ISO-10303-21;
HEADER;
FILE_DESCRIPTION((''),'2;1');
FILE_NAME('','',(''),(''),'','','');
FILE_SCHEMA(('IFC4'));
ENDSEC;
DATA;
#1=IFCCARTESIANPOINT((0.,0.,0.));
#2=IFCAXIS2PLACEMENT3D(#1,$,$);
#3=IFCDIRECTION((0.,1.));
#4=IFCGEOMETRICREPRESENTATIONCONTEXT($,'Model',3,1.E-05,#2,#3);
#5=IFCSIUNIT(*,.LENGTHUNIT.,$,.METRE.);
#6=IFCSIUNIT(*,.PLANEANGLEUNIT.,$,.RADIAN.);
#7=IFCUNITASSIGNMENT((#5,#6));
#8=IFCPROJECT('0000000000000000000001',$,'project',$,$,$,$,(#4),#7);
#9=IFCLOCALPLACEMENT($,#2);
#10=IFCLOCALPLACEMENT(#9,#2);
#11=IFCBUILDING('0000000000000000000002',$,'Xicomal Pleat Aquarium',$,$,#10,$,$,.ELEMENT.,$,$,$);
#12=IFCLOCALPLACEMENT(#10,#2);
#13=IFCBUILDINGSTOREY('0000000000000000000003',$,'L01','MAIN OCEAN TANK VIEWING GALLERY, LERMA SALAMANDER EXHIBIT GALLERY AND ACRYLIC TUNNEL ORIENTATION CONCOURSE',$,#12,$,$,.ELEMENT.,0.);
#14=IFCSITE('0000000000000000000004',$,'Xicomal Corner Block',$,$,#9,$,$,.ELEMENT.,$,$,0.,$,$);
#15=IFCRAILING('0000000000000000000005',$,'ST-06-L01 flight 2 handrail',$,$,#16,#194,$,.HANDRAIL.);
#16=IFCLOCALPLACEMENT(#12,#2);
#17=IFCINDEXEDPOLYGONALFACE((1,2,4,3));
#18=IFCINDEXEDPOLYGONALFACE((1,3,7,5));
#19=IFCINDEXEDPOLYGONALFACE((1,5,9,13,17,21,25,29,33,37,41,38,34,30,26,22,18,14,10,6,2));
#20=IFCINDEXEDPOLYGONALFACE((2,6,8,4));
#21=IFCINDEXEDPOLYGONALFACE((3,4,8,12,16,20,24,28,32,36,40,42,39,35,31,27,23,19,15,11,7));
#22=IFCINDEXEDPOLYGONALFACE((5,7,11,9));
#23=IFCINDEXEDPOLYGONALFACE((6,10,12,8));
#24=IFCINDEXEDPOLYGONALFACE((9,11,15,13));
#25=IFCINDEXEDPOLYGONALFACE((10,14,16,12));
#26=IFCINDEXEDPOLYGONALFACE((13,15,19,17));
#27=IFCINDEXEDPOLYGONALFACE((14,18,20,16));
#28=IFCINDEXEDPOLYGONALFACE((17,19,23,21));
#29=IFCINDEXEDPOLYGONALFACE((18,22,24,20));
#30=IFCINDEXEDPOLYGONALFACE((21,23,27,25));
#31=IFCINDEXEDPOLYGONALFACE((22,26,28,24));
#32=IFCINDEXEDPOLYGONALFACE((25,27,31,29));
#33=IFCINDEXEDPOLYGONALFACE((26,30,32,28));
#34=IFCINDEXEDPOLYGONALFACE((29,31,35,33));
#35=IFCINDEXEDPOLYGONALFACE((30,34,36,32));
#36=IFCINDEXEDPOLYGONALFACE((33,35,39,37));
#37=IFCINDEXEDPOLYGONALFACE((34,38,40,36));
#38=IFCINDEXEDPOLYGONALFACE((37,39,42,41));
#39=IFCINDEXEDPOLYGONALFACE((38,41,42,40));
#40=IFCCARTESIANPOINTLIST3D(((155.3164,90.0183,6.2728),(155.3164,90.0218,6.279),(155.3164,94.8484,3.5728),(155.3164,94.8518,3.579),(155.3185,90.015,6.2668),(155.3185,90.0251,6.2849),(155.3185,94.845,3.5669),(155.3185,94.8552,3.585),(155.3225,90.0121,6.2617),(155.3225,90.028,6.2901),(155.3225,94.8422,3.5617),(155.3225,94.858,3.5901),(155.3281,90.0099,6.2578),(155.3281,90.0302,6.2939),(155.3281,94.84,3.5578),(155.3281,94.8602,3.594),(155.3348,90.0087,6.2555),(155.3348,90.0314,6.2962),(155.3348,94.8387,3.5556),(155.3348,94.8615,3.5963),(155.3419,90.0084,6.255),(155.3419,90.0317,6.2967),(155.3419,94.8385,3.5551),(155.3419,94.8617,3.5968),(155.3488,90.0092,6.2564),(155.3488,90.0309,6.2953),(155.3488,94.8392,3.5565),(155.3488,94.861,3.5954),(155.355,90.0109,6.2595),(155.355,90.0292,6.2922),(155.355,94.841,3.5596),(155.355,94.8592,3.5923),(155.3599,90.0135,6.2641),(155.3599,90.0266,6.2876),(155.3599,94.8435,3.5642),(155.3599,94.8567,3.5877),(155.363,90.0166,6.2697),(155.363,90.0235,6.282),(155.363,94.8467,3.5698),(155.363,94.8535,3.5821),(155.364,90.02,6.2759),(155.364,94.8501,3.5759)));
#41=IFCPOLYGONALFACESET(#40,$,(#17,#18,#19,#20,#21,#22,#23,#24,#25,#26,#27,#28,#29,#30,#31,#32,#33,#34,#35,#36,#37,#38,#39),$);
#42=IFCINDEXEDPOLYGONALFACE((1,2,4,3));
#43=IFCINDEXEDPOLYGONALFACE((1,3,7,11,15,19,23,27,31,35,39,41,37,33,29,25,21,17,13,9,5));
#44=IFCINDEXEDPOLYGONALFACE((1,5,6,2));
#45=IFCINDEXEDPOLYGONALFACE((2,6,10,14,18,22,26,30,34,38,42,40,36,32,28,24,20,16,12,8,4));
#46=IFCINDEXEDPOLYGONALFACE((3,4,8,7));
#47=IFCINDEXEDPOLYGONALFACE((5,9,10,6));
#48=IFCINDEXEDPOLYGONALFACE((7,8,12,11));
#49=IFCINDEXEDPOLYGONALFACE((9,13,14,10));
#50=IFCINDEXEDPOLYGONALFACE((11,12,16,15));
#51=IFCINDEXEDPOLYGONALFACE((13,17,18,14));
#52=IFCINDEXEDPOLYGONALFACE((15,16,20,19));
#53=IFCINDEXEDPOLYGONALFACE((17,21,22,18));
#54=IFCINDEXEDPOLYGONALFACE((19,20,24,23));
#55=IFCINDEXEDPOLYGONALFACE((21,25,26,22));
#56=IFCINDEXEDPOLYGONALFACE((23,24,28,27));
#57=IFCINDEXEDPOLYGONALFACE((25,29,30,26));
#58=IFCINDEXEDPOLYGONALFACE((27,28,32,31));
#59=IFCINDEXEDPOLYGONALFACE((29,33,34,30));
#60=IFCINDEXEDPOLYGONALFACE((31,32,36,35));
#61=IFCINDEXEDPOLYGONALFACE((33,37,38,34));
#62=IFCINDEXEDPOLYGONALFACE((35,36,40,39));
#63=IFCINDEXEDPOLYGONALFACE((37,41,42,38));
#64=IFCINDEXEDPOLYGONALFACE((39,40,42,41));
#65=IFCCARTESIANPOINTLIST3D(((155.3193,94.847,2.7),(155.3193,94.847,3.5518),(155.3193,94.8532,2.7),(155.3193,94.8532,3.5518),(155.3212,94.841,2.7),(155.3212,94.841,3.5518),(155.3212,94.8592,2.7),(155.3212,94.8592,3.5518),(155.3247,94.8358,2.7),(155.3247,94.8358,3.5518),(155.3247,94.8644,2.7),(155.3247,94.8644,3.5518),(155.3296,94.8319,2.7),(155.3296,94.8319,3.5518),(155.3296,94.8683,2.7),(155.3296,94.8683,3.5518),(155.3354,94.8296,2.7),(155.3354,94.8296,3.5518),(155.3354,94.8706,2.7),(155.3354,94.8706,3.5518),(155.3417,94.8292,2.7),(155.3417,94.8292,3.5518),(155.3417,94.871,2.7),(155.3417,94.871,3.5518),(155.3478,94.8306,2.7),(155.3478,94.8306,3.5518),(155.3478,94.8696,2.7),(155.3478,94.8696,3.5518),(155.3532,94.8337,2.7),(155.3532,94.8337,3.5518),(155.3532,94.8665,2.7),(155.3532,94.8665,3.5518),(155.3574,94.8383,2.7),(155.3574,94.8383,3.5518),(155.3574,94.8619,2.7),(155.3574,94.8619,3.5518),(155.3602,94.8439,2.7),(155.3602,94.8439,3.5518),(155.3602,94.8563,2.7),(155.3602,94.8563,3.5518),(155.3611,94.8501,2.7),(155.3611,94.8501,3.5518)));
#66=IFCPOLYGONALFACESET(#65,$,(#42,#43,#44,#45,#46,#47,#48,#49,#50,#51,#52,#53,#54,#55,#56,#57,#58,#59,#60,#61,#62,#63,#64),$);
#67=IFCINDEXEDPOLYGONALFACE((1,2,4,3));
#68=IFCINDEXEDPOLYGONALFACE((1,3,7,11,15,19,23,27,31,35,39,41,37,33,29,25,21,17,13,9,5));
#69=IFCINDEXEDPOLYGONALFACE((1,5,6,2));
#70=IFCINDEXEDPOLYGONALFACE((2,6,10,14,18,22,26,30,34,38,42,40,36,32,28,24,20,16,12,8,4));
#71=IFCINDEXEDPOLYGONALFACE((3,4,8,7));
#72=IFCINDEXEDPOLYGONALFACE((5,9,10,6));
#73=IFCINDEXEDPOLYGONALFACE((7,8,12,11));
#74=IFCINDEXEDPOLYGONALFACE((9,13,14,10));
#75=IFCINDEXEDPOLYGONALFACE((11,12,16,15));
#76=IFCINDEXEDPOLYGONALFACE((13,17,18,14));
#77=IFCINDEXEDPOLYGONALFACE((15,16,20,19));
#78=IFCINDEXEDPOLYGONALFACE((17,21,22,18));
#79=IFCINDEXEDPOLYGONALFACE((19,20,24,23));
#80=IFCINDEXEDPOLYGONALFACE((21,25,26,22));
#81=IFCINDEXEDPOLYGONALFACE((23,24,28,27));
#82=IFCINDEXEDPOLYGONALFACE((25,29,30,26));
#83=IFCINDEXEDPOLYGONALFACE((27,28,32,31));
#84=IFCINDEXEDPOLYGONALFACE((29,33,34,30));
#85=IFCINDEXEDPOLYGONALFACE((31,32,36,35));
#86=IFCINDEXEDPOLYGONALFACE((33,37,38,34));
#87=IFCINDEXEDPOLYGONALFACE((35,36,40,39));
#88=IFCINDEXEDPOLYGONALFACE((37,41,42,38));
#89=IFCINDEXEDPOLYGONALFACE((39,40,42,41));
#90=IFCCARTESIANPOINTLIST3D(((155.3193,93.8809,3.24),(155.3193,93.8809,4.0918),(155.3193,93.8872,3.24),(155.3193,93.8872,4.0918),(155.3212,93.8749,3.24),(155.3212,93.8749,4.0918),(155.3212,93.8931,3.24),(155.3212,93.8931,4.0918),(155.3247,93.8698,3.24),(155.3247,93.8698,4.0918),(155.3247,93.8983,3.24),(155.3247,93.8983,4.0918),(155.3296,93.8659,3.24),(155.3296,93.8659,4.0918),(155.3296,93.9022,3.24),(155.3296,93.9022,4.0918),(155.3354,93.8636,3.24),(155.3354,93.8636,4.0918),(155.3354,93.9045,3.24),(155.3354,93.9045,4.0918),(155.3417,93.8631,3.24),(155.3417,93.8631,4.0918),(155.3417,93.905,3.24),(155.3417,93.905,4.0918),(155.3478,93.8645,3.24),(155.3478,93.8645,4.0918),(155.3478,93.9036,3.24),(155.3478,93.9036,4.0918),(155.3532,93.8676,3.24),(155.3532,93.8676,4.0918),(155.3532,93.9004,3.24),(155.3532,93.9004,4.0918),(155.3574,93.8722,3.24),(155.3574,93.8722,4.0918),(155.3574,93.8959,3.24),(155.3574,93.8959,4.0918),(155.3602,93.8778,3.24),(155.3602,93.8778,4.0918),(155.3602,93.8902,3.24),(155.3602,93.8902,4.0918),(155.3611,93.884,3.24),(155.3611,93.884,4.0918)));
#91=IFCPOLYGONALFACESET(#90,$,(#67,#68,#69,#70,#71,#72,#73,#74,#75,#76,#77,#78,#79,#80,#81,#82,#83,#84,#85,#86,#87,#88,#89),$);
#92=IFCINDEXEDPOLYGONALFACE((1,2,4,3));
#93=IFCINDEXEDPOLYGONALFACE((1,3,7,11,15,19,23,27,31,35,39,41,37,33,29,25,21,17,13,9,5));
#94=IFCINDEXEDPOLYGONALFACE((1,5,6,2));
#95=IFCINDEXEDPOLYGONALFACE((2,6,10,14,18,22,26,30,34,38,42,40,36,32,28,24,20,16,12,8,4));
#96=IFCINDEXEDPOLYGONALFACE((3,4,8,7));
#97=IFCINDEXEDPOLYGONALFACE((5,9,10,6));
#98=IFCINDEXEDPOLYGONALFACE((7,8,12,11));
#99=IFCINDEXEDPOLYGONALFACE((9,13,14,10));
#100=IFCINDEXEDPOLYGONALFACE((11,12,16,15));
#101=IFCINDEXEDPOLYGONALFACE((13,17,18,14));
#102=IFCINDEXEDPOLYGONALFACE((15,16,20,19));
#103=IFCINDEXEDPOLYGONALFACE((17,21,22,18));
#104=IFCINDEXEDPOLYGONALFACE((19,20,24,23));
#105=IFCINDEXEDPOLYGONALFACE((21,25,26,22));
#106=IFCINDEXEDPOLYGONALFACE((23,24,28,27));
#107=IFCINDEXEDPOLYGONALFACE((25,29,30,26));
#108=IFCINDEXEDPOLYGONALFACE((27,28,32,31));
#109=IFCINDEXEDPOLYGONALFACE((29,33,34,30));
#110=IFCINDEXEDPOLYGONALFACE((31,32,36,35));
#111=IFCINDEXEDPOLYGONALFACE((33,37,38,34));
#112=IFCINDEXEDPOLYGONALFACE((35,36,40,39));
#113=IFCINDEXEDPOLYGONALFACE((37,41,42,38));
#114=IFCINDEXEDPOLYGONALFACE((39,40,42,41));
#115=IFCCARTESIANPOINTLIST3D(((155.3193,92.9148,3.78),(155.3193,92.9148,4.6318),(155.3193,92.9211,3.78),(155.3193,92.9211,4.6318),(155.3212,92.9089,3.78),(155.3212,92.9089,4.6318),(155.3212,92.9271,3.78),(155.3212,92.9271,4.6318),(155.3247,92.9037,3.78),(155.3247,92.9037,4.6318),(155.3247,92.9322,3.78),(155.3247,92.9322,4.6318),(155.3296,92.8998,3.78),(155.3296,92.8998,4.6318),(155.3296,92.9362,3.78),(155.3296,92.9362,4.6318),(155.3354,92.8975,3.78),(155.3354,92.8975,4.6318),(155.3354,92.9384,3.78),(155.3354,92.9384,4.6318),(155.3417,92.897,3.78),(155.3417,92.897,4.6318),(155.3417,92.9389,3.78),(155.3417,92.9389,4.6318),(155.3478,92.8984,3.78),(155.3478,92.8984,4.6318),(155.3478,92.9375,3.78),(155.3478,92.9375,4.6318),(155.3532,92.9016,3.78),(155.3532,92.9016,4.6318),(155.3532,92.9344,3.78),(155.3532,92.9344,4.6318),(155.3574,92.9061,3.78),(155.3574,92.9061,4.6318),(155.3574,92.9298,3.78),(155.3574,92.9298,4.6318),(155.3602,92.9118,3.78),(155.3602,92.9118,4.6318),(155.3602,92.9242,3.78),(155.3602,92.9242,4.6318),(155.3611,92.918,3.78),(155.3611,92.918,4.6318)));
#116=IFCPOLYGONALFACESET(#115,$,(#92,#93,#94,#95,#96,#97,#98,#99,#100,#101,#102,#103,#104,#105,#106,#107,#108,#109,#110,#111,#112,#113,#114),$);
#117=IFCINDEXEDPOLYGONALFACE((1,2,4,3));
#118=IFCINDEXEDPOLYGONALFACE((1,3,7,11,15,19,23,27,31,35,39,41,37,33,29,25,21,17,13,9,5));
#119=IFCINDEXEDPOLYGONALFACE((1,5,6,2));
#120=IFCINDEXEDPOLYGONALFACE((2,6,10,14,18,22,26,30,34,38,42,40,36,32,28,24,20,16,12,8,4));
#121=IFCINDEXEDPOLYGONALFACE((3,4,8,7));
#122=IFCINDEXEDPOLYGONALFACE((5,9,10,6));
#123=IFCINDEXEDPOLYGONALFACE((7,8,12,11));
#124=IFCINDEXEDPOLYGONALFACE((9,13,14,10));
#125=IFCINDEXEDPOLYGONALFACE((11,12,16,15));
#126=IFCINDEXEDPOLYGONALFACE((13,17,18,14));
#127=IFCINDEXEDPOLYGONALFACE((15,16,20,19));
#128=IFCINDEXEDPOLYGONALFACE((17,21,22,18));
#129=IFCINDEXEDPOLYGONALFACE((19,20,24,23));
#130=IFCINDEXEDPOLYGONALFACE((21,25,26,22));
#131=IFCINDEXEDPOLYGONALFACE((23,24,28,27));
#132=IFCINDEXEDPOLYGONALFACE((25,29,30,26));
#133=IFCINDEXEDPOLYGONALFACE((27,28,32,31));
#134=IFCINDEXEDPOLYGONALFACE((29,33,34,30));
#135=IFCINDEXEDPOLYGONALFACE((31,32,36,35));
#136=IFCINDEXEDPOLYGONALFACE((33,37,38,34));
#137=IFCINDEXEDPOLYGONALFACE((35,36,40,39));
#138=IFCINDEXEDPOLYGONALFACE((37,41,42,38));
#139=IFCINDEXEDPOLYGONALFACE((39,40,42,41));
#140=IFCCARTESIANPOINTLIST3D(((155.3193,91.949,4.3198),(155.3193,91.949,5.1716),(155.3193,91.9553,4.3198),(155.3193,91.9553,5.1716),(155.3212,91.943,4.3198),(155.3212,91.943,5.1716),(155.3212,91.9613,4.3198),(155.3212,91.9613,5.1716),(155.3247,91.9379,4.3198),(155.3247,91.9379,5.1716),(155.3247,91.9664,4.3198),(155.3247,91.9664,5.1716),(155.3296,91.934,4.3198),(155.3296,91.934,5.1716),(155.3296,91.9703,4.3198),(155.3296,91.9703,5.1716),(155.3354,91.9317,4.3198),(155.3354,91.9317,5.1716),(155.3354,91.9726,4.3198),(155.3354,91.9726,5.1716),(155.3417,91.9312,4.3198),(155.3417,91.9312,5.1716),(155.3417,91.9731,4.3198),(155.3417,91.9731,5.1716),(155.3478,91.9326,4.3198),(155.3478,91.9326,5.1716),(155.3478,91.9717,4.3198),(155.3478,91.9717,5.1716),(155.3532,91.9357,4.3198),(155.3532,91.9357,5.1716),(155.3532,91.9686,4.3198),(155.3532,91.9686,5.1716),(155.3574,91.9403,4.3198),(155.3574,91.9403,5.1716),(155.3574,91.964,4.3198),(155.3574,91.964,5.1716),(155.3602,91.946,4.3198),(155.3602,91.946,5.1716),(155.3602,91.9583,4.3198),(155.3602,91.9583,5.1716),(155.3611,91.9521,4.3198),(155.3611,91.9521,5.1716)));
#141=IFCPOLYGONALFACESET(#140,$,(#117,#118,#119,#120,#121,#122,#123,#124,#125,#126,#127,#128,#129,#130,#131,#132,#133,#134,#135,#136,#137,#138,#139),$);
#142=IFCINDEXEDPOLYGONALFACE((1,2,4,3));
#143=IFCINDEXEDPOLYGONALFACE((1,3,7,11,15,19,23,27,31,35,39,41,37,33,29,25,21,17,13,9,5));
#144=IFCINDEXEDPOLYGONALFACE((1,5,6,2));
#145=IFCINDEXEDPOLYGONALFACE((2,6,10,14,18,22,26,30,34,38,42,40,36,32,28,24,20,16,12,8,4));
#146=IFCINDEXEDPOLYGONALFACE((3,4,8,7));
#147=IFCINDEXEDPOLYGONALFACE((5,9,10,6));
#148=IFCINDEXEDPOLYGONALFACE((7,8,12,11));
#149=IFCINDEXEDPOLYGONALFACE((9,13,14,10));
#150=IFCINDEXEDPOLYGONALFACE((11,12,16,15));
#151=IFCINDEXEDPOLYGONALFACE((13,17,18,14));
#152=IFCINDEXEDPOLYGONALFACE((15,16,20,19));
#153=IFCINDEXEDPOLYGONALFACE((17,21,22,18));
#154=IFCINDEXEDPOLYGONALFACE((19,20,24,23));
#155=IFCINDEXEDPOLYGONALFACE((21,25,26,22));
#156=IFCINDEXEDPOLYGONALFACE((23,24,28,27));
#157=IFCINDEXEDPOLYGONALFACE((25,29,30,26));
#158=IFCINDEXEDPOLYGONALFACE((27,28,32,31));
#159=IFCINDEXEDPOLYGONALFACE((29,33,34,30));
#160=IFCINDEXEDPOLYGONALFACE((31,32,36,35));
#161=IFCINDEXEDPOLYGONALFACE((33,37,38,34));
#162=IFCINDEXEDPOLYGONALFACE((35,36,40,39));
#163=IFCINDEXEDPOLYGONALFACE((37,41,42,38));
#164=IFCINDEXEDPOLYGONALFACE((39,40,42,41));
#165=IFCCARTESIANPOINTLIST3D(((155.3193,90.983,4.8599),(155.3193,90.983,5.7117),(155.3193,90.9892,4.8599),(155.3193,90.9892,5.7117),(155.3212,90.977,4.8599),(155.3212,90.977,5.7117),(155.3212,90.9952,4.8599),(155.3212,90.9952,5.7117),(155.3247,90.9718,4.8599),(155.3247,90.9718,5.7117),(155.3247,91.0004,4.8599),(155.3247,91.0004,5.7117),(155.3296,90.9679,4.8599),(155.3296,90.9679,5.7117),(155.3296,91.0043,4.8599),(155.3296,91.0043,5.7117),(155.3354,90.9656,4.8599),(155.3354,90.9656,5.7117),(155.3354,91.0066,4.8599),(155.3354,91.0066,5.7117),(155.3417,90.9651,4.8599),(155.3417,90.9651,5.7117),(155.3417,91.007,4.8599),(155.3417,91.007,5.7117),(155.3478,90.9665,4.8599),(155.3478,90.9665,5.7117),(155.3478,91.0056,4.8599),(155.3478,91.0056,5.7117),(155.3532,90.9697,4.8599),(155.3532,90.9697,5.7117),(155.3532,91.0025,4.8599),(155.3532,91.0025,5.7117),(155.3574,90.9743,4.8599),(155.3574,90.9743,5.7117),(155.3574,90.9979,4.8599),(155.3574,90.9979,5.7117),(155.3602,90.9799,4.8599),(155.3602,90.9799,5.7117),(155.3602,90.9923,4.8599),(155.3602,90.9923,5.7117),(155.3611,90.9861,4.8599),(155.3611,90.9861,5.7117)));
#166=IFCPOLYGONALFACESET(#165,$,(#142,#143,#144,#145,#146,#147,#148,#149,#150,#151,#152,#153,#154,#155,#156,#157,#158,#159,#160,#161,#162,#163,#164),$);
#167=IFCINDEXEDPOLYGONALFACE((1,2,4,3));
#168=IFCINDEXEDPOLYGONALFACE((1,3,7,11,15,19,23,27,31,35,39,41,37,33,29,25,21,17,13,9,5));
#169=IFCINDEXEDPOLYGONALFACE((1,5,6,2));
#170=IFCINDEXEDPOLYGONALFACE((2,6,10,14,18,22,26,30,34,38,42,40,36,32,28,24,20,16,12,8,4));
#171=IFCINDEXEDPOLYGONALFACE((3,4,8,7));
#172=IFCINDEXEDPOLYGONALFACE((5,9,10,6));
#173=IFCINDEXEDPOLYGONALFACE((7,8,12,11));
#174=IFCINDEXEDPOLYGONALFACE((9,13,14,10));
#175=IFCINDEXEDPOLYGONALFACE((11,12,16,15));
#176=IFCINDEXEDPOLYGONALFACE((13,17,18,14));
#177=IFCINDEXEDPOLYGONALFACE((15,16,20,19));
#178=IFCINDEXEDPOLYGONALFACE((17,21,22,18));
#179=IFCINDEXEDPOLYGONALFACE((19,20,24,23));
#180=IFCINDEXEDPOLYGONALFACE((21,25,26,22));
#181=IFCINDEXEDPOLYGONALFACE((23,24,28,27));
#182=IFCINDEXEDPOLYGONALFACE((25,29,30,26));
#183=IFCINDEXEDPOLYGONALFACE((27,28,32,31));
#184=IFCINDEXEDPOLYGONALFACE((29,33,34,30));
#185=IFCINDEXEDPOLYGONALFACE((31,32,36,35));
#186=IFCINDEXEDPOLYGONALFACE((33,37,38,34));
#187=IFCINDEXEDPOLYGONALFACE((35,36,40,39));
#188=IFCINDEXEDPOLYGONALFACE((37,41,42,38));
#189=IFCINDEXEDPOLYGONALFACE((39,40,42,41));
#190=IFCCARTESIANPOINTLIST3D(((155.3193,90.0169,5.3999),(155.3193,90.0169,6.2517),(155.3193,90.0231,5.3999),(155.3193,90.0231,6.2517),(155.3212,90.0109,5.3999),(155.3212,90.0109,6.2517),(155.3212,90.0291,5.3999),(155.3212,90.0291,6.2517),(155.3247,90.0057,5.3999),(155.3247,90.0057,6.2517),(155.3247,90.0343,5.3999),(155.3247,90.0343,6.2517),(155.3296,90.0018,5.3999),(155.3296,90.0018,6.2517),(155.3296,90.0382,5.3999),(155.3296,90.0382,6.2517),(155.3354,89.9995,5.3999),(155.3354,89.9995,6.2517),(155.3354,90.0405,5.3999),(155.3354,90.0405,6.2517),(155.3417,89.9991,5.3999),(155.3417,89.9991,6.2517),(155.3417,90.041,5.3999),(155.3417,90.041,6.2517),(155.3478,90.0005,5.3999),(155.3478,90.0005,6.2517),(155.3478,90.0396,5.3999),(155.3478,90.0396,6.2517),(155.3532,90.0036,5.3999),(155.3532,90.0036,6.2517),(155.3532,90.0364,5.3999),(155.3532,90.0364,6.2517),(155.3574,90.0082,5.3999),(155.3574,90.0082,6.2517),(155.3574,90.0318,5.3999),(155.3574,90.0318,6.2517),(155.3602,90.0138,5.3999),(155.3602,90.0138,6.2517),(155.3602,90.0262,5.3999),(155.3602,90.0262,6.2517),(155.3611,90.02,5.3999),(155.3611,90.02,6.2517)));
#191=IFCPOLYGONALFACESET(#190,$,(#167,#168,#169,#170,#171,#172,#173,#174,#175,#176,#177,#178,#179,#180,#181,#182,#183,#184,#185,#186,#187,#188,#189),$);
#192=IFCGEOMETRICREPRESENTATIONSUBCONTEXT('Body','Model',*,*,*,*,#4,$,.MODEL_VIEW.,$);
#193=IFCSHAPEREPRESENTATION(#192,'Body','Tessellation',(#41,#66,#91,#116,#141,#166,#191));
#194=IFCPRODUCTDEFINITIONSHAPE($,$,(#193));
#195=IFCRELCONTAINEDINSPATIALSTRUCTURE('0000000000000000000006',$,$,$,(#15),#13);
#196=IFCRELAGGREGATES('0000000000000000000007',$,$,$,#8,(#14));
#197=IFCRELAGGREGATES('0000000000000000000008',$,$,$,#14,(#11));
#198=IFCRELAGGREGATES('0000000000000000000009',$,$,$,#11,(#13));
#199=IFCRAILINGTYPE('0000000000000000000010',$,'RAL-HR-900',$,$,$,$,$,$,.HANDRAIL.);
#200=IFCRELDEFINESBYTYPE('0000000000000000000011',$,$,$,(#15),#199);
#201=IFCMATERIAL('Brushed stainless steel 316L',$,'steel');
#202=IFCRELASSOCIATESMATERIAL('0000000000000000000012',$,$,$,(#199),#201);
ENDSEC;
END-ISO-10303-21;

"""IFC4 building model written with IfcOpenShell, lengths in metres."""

from ifc_helpers import new_model, si_unit, direction, frame, origin, origin_2d, place, context, subcontext, project, spatial, circle, extrude, material, type_object, element, save


model = new_model("IFC4")

# Units and contexts
model_context = context("Model", 3, precision=1e-05, world=origin(), true_north=direction((0.0, 1.0)))
body_context = subcontext(model_context, "Body", "Model", "MODEL_VIEW")
ifc_project = project(units=[si_unit("LENGTHUNIT", "METRE"), si_unit("PLANEANGLEUNIT", "RADIAN")], contexts=[model_context])

# Site, building, storey
site_placement = place(None, origin())
site = spatial("IfcSite", under=ifc_project, at=site_placement, Name="Xicomal Corner Block", CompositionType="ELEMENT", RefElevation=0.0)
building_placement = place(site_placement, origin())
building = spatial("IfcBuilding", under=site, at=building_placement, Name="Xicomal Pleat Aquarium", CompositionType="ELEMENT")
storey_placement = place(building_placement, origin())
storey = spatial("IfcBuildingStorey", under=building, at=storey_placement, Name="L01", Description="MAIN OCEAN TANK VIEWING GALLERY, LERMA SALAMANDER EXHIBIT GALLERY AND ACRYLIC TUNNEL ORIENTATION CONCOURSE", CompositionType="ELEMENT", Elevation=0.0)

# Railing
ifc_material_1 = material(Name="Brushed stainless steel 316L", Category="steel")
railing_type_1 = type_object("IfcRailingType", Name="RAL-HR-900", PredefinedType="HANDRAIL", material=ifc_material_1)
railing_1_placement = place(storey_placement, frame((155.3401, 94.8501, 2.7)))
element("IfcRailing", 1, at=railing_1_placement, inside=storey, type_object=railing_type_1, Name="ST-06-L01 flight 2 handrail", PredefinedType="HANDRAIL", context=body_context, shape_type="SweptSolid", body=[
    extrude(circle(Radius=0.0239, at=origin_2d()), frame((0.0, 0.0, 0.876), z_axis=(0.0, -0.872883, 0.48793), x_axis=(1.0, 0.0, 0.0)), (0.0, 0.0, 1.0), 5.5334),
    extrude(circle(Radius=0.021, at=origin_2d()), origin(), (0.0, 0.0, 1.0), 0.8518),
    extrude(circle(Radius=0.021, at=origin_2d()), frame((0.0, -0.9661, 0.54)), (0.0, 0.0, 1.0), 0.8518),
    extrude(circle(Radius=0.021, at=origin_2d()), frame((0.0, -1.9321, 1.0801)), (0.0, 0.0, 1.0), 0.8518),
    extrude(circle(Radius=0.021, at=origin_2d()), frame((0.0, -2.8979, 1.6199)), (0.0, 0.0, 1.0), 0.8518),
    extrude(circle(Radius=0.021, at=origin_2d()), frame((0.0, -3.864, 2.1599)), (0.0, 0.0, 1.0), 0.8518),
    extrude(circle(Radius=0.021, at=origin_2d()), frame((0.0, -4.8301, 2.7)), (0.0, 0.0, 1.0), 0.8518),
])

save(model, "model.ifc")
